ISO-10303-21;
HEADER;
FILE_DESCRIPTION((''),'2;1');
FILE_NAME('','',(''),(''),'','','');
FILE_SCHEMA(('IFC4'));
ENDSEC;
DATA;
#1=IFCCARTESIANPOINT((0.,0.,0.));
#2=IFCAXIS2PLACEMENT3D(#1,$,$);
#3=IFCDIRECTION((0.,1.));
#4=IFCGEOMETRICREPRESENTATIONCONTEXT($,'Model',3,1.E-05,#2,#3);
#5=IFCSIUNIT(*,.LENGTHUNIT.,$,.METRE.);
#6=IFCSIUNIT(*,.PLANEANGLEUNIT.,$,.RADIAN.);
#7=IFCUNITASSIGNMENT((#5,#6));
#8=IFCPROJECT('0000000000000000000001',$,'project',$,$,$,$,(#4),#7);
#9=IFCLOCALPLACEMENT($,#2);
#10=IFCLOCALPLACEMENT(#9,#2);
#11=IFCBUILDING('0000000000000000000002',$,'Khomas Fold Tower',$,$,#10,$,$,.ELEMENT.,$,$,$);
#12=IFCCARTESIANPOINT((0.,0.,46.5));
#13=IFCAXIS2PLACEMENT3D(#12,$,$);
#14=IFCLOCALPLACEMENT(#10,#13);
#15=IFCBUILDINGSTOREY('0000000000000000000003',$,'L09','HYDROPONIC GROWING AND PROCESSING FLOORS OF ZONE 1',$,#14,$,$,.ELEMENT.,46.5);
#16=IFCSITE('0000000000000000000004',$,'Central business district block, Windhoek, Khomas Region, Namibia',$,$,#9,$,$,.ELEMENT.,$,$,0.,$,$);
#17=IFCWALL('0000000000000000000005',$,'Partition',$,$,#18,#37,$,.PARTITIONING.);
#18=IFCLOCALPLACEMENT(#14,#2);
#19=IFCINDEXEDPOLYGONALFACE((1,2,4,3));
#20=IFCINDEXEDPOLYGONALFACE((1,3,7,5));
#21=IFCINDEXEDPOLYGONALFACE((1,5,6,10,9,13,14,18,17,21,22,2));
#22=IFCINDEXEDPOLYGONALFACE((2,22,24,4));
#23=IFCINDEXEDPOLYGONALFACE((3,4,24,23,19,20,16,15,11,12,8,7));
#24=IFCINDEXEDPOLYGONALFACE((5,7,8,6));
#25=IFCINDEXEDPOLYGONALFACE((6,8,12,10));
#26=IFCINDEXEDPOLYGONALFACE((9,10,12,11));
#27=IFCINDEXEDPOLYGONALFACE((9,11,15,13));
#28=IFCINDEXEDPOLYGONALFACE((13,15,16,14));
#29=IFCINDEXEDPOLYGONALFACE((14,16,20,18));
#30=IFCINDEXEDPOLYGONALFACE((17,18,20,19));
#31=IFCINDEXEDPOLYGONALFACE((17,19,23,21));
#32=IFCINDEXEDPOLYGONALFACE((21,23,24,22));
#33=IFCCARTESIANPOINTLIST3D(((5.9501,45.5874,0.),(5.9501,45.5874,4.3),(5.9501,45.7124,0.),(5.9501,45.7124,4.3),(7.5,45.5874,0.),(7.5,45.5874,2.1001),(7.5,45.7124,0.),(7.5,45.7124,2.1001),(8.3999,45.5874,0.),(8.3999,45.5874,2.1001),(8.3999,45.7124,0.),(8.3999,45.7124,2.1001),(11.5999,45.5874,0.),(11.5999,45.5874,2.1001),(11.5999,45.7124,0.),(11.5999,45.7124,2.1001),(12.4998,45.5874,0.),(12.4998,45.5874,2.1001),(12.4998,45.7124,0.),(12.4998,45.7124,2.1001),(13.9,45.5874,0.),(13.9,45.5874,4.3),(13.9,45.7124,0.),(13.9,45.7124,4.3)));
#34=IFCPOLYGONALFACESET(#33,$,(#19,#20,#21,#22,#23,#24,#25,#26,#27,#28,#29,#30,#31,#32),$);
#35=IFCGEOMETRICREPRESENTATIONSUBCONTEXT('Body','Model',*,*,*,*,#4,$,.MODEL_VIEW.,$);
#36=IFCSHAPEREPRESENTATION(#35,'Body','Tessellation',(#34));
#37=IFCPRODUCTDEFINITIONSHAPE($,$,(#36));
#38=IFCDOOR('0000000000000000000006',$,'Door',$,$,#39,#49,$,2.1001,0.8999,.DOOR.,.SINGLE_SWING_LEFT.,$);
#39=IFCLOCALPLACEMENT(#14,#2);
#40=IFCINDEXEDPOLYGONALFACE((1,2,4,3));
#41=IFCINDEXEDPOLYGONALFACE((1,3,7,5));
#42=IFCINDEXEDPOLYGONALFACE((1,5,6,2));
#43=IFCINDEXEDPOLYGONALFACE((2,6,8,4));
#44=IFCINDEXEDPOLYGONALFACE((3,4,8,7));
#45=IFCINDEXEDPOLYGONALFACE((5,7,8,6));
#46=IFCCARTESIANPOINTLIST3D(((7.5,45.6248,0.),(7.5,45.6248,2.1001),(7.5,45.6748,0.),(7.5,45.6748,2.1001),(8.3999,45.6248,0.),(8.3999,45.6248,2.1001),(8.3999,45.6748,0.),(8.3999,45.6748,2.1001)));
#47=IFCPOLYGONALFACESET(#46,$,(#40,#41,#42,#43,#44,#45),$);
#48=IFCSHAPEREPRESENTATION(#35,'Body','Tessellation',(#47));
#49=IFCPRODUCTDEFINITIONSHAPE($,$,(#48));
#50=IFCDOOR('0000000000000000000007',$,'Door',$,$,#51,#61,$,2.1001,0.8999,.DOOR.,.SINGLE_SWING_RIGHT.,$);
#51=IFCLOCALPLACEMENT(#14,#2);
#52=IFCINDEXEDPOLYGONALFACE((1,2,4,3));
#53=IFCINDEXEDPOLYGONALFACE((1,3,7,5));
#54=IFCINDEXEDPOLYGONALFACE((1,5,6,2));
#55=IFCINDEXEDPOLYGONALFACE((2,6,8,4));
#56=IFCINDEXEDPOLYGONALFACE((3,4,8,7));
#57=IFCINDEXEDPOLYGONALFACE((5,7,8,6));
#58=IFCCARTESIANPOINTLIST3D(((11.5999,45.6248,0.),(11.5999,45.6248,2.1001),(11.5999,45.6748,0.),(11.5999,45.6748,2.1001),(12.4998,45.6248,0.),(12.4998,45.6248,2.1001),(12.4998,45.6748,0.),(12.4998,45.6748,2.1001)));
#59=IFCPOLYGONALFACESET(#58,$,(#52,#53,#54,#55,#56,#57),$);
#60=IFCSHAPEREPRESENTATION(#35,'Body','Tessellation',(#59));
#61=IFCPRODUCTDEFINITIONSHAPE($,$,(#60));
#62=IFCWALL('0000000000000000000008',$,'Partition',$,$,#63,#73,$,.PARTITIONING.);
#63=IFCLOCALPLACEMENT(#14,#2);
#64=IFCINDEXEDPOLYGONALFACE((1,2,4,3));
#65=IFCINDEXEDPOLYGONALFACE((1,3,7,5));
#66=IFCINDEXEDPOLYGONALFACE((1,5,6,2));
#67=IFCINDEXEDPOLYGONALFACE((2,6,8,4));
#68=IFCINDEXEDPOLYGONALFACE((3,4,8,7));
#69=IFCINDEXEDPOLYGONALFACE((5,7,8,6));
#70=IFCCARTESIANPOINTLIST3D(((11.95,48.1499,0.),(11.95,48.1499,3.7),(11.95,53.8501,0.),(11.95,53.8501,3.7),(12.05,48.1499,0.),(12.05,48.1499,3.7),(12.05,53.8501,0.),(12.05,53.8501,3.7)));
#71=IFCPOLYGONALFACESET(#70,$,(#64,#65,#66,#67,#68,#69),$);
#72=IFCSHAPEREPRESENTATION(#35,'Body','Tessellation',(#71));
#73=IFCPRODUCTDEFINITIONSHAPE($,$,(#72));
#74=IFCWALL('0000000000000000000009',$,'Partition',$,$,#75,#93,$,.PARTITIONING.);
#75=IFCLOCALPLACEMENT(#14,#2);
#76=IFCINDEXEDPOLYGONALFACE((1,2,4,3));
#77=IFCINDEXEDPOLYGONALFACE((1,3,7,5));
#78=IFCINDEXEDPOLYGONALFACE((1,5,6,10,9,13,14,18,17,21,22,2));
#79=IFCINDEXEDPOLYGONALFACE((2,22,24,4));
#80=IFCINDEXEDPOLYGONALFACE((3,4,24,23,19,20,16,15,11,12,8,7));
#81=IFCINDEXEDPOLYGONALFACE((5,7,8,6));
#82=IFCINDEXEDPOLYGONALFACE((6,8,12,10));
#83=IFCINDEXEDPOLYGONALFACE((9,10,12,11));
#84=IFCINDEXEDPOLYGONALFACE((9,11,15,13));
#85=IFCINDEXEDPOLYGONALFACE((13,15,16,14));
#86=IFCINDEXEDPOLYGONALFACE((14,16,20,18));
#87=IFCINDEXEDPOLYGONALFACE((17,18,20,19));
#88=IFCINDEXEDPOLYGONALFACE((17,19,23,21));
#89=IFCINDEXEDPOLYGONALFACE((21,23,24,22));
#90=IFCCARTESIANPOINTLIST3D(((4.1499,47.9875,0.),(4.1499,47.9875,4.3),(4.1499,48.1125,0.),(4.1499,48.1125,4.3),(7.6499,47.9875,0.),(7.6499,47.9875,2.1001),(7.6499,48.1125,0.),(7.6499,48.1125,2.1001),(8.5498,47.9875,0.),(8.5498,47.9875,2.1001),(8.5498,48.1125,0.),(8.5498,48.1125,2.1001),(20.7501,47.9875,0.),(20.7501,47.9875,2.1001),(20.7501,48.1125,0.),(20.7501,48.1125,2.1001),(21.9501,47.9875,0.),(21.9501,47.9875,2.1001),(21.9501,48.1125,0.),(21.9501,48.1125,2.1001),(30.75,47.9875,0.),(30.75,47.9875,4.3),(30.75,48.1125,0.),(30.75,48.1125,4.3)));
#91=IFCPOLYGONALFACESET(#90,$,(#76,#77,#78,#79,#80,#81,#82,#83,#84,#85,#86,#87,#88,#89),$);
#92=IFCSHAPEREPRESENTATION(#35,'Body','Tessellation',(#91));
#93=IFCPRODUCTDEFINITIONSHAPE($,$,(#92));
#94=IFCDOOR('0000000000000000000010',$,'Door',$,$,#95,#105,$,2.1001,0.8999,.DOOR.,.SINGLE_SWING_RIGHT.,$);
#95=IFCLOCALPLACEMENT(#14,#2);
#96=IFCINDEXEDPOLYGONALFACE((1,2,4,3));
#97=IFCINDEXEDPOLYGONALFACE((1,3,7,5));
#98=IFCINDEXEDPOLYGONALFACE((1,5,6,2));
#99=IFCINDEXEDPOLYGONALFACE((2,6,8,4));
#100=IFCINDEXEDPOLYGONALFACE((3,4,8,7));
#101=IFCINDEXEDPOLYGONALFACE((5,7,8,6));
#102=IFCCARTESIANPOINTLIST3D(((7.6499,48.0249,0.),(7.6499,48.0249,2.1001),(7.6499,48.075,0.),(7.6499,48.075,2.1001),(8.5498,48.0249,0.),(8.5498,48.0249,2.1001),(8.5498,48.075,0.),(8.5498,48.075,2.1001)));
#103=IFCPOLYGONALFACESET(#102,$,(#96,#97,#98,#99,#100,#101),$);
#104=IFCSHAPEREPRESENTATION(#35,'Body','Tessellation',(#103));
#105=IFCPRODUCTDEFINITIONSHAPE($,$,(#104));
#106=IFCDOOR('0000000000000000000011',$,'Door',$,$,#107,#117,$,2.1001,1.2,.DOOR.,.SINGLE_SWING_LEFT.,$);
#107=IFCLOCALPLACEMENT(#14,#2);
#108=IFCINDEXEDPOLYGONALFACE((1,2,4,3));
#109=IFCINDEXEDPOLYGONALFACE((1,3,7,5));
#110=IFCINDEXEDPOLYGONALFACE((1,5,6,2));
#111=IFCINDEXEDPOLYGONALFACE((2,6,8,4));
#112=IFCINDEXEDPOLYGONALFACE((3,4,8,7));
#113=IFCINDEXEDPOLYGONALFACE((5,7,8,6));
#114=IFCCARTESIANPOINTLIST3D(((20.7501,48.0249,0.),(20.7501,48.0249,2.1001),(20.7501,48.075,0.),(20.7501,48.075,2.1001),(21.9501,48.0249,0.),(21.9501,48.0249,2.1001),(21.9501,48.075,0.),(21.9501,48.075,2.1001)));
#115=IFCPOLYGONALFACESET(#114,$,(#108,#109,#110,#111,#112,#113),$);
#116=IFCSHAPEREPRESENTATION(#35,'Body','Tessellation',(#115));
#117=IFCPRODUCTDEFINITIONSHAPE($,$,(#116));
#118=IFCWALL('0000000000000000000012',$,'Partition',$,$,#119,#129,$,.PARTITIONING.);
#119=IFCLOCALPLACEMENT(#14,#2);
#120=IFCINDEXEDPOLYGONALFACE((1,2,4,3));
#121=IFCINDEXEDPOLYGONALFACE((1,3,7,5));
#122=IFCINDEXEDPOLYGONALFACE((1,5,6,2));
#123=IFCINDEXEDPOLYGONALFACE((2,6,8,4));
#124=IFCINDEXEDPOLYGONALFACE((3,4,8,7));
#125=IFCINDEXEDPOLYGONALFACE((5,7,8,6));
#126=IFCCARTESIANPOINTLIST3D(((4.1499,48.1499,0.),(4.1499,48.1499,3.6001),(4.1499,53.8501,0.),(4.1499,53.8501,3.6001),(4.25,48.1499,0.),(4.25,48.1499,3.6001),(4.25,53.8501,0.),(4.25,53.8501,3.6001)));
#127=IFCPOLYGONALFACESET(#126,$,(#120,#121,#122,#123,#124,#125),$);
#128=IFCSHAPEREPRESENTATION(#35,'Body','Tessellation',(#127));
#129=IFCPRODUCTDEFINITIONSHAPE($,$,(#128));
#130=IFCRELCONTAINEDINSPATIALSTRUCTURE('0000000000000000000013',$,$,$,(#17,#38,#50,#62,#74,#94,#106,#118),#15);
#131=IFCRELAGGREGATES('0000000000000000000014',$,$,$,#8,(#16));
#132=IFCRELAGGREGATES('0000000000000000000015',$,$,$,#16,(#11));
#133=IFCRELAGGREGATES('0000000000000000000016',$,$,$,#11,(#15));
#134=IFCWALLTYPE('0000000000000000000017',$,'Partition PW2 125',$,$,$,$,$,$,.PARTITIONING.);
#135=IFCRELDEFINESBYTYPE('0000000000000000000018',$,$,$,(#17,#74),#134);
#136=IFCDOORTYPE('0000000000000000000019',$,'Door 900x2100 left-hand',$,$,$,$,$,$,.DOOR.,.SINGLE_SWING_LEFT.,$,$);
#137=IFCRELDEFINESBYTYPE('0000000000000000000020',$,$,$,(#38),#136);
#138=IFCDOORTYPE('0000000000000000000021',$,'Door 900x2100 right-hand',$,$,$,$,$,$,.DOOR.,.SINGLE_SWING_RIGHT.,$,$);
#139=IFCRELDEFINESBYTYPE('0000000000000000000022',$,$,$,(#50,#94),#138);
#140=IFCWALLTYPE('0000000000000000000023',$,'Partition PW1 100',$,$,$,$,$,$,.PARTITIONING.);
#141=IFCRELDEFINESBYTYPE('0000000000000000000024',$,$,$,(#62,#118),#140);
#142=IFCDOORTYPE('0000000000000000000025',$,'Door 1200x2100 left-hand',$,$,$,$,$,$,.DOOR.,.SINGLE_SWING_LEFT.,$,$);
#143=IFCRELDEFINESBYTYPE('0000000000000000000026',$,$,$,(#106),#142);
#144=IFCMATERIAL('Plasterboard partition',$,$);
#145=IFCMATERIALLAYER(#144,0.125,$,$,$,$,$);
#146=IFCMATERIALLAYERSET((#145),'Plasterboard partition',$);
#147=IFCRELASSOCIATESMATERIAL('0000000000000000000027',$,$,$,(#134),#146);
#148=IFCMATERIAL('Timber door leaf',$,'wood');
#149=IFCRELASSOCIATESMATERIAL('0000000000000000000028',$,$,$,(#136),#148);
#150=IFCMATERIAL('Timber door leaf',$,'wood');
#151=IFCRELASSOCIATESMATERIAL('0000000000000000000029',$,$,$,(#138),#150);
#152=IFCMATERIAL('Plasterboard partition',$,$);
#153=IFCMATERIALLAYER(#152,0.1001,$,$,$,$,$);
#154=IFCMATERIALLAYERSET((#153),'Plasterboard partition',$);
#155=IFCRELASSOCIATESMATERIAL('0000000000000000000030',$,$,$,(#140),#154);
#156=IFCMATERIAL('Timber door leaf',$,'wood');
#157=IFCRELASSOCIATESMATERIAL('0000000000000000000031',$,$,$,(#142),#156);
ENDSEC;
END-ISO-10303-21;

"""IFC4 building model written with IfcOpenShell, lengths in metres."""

from ifc_helpers import new_model, si_unit, direction, frame, frame_2d, origin, place, context, subcontext, project, spatial, rectangle, extrude, source, transform, mapped, material, layer, layer_set, type_object, element, fill, save


model = new_model("IFC4")

# Units and contexts
model_context = context("Model", 3, precision=1e-05, world=origin(), true_north=direction((0.0, 1.0)))
body_context = subcontext(model_context, "Body", "Model", "MODEL_VIEW")
ifc_project = project(units=[si_unit("LENGTHUNIT", "METRE"), si_unit("PLANEANGLEUNIT", "RADIAN")], contexts=[model_context])

# Site, building, storey
site_placement = place(None, origin())
site = spatial("IfcSite", under=ifc_project, at=site_placement, Name="Central business district block, Windhoek, Khomas Region, Namibia", CompositionType="ELEMENT", RefElevation=0.0)
building_placement = place(site_placement, origin())
building = spatial("IfcBuilding", under=site, at=building_placement, Name="Khomas Fold Tower", CompositionType="ELEMENT")
storey_placement = place(building_placement, frame((0.0, 0.0, 46.5)))
storey = spatial("IfcBuildingStorey", under=building, at=storey_placement, Name="L09", Description="HYDROPONIC GROWING AND PROCESSING FLOORS OF ZONE 1", CompositionType="ELEMENT", Elevation=46.5)

# Shared definitions
shared_shape_1 = source(origin(), body_context, "Body", "SweptSolid", [
    extrude(rectangle(XDim=1.2, YDim=2.1001, at=frame_2d((0.6001, 1.05))), frame((0.0, 0.0249, 0.0), z_axis=(0.0, -1.0, 0.0), x_axis=(1.0, 0.0, 0.0)), (0.0, 0.0, 1.0), 0.05),
])

# Wall, openings, doors
ifc_material_1 = material(Name="Plasterboard partition")
ifc_layer_1 = layer(ifc_material_1, 0.125)
ifc_layer_set_1 = layer_set([ifc_layer_1], Name="Plasterboard partition")
wall_type_1 = type_object("IfcWallType", Name="Partition PW2 125", PredefinedType="PARTITIONING", material=ifc_layer_set_1)
shared_shape_2 = source(origin(), body_context, "Body", "SweptSolid", [
    extrude(rectangle(XDim=7.95, YDim=0.125, at=frame_2d((3.9751, 0.0))), origin(), (0.0, 0.0, 1.0), 4.3),
])
wall_1_placement = place(storey_placement, frame((5.95, 45.6499, 0.0), z_axis=(0.0, 0.0, 1.0), x_axis=(1.0, 0.0, 0.0)))
wall_1 = element("IfcWall", 1, at=wall_1_placement, inside=storey, type_object=wall_type_1, Name="Partition", PredefinedType="PARTITIONING", context=body_context, shape_type="MappedRepresentation", body=[
    mapped(shared_shape_2, transform((0.0, 0.0, 0.0))),
])
shared_shape_3 = source(origin(), body_context, "Body", "SweptSolid", [
    extrude(rectangle(XDim=0.8999, YDim=2.1001, at=frame_2d((0.45, 1.05))), frame((0.0, 0.0725, 0.0), z_axis=(0.0, -1.0, 0.0), x_axis=(1.0, 0.0, 0.0)), (0.0, 0.0, 1.0), 0.145),
])
opening_1_placement = place(wall_1_placement, frame((1.55, 0.0, 0.0)))
opening_1 = element("IfcOpeningElement", 2, at=opening_1_placement, cuts=wall_1, PredefinedType="OPENING", context=body_context, shape_type="MappedRepresentation", body=[
    mapped(shared_shape_3, transform((0.0, 0.0, 0.0))),
])
opening_2_placement = place(wall_1_placement, frame((5.6499, 0.0, 0.0)))
opening_2 = element("IfcOpeningElement", 3, at=opening_2_placement, cuts=wall_1, PredefinedType="OPENING", context=body_context, shape_type="MappedRepresentation", body=[
    mapped(shared_shape_3, transform((0.0, 0.0, 0.0))),
])
ifc_material_2 = material(Name="Timber door leaf", Category="wood")
door_type_1 = type_object("IfcDoorType", Name="Door 900x2100 left-hand", OperationType="SINGLE_SWING_LEFT", PredefinedType="DOOR", material=ifc_material_2)
shared_shape_4 = source(origin(), body_context, "Body", "SweptSolid", [
    extrude(rectangle(XDim=0.8999, YDim=2.1001, at=frame_2d((0.45, 1.05))), frame((0.0, 0.0249, 0.0), z_axis=(0.0, -1.0, 0.0), x_axis=(1.0, 0.0, 0.0)), (0.0, 0.0, 1.0), 0.05),
])
door_1_placement = place(opening_1_placement, origin())
door_1 = element("IfcDoor", 4, at=door_1_placement, inside=storey, type_object=door_type_1, Name="Door", OperationType="SINGLE_SWING_LEFT", OverallHeight=2.1001, OverallWidth=0.8999, PredefinedType="DOOR", context=body_context, shape_type="MappedRepresentation", body=[
    mapped(shared_shape_4, transform((0.0, 0.0, 0.0))),
])
fill(opening_1, door_1)
ifc_material_3 = material(Name="Timber door leaf", Category="wood")
door_type_2 = type_object("IfcDoorType", Name="Door 900x2100 right-hand", OperationType="SINGLE_SWING_RIGHT", PredefinedType="DOOR", material=ifc_material_3)
door_2_placement = place(opening_2_placement, origin())
door_2 = element("IfcDoor", 5, at=door_2_placement, inside=storey, type_object=door_type_2, Name="Door", OperationType="SINGLE_SWING_RIGHT", OverallHeight=2.1001, OverallWidth=0.8999, PredefinedType="DOOR", context=body_context, shape_type="MappedRepresentation", body=[
    mapped(shared_shape_4, transform((0.0, 0.0, 0.0))),
])
fill(opening_2, door_2)

# Wall
ifc_material_4 = material(Name="Plasterboard partition")
ifc_layer_2 = layer(ifc_material_4, 0.1001)
ifc_layer_set_2 = layer_set([ifc_layer_2], Name="Plasterboard partition")
wall_type_2 = type_object("IfcWallType", Name="Partition PW1 100", PredefinedType="PARTITIONING", material=ifc_layer_set_2)
shared_shape_5 = source(origin(), body_context, "Body", "SweptSolid", [
    extrude(rectangle(XDim=5.7002, YDim=0.1001, at=frame_2d((2.8501, 0.0))), origin(), (0.0, 0.0, 1.0), 3.7),
])
wall_2_placement = place(storey_placement, frame((12.0, 48.1499, 0.0), z_axis=(0.0, 0.0, 1.0), x_axis=(0.0, 1.0, 0.0)))
element("IfcWall", 6, at=wall_2_placement, inside=storey, type_object=wall_type_2, Name="Partition", PredefinedType="PARTITIONING", context=body_context, shape_type="MappedRepresentation", body=[
    mapped(shared_shape_5, transform((0.0, 0.0, 0.0))),
])

# Wall, openings, doors
shared_shape_6 = source(origin(), body_context, "Body", "SweptSolid", [
    extrude(rectangle(XDim=26.6001, YDim=0.125, at=frame_2d((13.3, 0.0))), origin(), (0.0, 0.0, 1.0), 4.3),
])
wall_3_placement = place(storey_placement, frame((4.1499, 48.05, 0.0), z_axis=(0.0, 0.0, 1.0), x_axis=(1.0, 0.0, 0.0)))
wall_3 = element("IfcWall", 7, at=wall_3_placement, inside=storey, type_object=wall_type_1, Name="Partition", PredefinedType="PARTITIONING", context=body_context, shape_type="MappedRepresentation", body=[
    mapped(shared_shape_6, transform((0.0, 0.0, 0.0))),
])
opening_3_placement = place(wall_3_placement, frame((3.5, 0.0, 0.0)))
opening_3 = element("IfcOpeningElement", 8, at=opening_3_placement, cuts=wall_3, PredefinedType="OPENING", context=body_context, shape_type="MappedRepresentation", body=[
    mapped(shared_shape_3, transform((0.0, 0.0, 0.0))),
])
shared_shape_7 = source(origin(), body_context, "Body", "SweptSolid", [
    extrude(rectangle(XDim=1.2, YDim=2.1001, at=frame_2d((0.6001, 1.05))), frame((0.0, 0.0725, 0.0), z_axis=(0.0, -1.0, 0.0), x_axis=(1.0, 0.0, 0.0)), (0.0, 0.0, 1.0), 0.145),
])
opening_4_placement = place(wall_3_placement, frame((16.6001, 0.0, 0.0)))
opening_4 = element("IfcOpeningElement", 9, at=opening_4_placement, cuts=wall_3, PredefinedType="OPENING", context=body_context, shape_type="MappedRepresentation", body=[
    mapped(shared_shape_7, transform((0.0, 0.0, 0.0))),
])
door_3_placement = place(opening_3_placement, origin())
door_3 = element("IfcDoor", 10, at=door_3_placement, inside=storey, type_object=door_type_2, Name="Door", OperationType="SINGLE_SWING_RIGHT", OverallHeight=2.1001, OverallWidth=0.8999, PredefinedType="DOOR", context=body_context, shape_type="MappedRepresentation", body=[
    mapped(shared_shape_4, transform((0.0, 0.0, 0.0))),
])
fill(opening_3, door_3)
ifc_material_5 = material(Name="Timber door leaf", Category="wood")
door_type_3 = type_object("IfcDoorType", Name="Door 1200x2100 left-hand", OperationType="SINGLE_SWING_LEFT", PredefinedType="DOOR", material=ifc_material_5)
door_4_placement = place(opening_4_placement, origin())
door_4 = element("IfcDoor", 11, at=door_4_placement, inside=storey, type_object=door_type_3, Name="Door", OperationType="SINGLE_SWING_LEFT", OverallHeight=2.1001, OverallWidth=1.2, PredefinedType="DOOR", context=body_context, shape_type="MappedRepresentation", body=[
    mapped(shared_shape_1, transform((0.0, 0.0, 0.0))),
])
fill(opening_4, door_4)

# Wall
shared_shape_8 = source(origin(), body_context, "Body", "SweptSolid", [
    extrude(rectangle(XDim=5.7002, YDim=0.1001, at=frame_2d((2.8501, 0.0))), origin(), (0.0, 0.0, 1.0), 3.6001),
])
wall_4_placement = place(storey_placement, frame((4.2, 48.1499, 0.0), z_axis=(0.0, 0.0, 1.0), x_axis=(0.0, 1.0, 0.0)))
element("IfcWall", 12, at=wall_4_placement, inside=storey, type_object=wall_type_2, Name="Partition", PredefinedType="PARTITIONING", context=body_context, shape_type="MappedRepresentation", body=[
    mapped(shared_shape_8, transform((0.0, 0.0, 0.0))),
])

save(model, "model.ifc")
